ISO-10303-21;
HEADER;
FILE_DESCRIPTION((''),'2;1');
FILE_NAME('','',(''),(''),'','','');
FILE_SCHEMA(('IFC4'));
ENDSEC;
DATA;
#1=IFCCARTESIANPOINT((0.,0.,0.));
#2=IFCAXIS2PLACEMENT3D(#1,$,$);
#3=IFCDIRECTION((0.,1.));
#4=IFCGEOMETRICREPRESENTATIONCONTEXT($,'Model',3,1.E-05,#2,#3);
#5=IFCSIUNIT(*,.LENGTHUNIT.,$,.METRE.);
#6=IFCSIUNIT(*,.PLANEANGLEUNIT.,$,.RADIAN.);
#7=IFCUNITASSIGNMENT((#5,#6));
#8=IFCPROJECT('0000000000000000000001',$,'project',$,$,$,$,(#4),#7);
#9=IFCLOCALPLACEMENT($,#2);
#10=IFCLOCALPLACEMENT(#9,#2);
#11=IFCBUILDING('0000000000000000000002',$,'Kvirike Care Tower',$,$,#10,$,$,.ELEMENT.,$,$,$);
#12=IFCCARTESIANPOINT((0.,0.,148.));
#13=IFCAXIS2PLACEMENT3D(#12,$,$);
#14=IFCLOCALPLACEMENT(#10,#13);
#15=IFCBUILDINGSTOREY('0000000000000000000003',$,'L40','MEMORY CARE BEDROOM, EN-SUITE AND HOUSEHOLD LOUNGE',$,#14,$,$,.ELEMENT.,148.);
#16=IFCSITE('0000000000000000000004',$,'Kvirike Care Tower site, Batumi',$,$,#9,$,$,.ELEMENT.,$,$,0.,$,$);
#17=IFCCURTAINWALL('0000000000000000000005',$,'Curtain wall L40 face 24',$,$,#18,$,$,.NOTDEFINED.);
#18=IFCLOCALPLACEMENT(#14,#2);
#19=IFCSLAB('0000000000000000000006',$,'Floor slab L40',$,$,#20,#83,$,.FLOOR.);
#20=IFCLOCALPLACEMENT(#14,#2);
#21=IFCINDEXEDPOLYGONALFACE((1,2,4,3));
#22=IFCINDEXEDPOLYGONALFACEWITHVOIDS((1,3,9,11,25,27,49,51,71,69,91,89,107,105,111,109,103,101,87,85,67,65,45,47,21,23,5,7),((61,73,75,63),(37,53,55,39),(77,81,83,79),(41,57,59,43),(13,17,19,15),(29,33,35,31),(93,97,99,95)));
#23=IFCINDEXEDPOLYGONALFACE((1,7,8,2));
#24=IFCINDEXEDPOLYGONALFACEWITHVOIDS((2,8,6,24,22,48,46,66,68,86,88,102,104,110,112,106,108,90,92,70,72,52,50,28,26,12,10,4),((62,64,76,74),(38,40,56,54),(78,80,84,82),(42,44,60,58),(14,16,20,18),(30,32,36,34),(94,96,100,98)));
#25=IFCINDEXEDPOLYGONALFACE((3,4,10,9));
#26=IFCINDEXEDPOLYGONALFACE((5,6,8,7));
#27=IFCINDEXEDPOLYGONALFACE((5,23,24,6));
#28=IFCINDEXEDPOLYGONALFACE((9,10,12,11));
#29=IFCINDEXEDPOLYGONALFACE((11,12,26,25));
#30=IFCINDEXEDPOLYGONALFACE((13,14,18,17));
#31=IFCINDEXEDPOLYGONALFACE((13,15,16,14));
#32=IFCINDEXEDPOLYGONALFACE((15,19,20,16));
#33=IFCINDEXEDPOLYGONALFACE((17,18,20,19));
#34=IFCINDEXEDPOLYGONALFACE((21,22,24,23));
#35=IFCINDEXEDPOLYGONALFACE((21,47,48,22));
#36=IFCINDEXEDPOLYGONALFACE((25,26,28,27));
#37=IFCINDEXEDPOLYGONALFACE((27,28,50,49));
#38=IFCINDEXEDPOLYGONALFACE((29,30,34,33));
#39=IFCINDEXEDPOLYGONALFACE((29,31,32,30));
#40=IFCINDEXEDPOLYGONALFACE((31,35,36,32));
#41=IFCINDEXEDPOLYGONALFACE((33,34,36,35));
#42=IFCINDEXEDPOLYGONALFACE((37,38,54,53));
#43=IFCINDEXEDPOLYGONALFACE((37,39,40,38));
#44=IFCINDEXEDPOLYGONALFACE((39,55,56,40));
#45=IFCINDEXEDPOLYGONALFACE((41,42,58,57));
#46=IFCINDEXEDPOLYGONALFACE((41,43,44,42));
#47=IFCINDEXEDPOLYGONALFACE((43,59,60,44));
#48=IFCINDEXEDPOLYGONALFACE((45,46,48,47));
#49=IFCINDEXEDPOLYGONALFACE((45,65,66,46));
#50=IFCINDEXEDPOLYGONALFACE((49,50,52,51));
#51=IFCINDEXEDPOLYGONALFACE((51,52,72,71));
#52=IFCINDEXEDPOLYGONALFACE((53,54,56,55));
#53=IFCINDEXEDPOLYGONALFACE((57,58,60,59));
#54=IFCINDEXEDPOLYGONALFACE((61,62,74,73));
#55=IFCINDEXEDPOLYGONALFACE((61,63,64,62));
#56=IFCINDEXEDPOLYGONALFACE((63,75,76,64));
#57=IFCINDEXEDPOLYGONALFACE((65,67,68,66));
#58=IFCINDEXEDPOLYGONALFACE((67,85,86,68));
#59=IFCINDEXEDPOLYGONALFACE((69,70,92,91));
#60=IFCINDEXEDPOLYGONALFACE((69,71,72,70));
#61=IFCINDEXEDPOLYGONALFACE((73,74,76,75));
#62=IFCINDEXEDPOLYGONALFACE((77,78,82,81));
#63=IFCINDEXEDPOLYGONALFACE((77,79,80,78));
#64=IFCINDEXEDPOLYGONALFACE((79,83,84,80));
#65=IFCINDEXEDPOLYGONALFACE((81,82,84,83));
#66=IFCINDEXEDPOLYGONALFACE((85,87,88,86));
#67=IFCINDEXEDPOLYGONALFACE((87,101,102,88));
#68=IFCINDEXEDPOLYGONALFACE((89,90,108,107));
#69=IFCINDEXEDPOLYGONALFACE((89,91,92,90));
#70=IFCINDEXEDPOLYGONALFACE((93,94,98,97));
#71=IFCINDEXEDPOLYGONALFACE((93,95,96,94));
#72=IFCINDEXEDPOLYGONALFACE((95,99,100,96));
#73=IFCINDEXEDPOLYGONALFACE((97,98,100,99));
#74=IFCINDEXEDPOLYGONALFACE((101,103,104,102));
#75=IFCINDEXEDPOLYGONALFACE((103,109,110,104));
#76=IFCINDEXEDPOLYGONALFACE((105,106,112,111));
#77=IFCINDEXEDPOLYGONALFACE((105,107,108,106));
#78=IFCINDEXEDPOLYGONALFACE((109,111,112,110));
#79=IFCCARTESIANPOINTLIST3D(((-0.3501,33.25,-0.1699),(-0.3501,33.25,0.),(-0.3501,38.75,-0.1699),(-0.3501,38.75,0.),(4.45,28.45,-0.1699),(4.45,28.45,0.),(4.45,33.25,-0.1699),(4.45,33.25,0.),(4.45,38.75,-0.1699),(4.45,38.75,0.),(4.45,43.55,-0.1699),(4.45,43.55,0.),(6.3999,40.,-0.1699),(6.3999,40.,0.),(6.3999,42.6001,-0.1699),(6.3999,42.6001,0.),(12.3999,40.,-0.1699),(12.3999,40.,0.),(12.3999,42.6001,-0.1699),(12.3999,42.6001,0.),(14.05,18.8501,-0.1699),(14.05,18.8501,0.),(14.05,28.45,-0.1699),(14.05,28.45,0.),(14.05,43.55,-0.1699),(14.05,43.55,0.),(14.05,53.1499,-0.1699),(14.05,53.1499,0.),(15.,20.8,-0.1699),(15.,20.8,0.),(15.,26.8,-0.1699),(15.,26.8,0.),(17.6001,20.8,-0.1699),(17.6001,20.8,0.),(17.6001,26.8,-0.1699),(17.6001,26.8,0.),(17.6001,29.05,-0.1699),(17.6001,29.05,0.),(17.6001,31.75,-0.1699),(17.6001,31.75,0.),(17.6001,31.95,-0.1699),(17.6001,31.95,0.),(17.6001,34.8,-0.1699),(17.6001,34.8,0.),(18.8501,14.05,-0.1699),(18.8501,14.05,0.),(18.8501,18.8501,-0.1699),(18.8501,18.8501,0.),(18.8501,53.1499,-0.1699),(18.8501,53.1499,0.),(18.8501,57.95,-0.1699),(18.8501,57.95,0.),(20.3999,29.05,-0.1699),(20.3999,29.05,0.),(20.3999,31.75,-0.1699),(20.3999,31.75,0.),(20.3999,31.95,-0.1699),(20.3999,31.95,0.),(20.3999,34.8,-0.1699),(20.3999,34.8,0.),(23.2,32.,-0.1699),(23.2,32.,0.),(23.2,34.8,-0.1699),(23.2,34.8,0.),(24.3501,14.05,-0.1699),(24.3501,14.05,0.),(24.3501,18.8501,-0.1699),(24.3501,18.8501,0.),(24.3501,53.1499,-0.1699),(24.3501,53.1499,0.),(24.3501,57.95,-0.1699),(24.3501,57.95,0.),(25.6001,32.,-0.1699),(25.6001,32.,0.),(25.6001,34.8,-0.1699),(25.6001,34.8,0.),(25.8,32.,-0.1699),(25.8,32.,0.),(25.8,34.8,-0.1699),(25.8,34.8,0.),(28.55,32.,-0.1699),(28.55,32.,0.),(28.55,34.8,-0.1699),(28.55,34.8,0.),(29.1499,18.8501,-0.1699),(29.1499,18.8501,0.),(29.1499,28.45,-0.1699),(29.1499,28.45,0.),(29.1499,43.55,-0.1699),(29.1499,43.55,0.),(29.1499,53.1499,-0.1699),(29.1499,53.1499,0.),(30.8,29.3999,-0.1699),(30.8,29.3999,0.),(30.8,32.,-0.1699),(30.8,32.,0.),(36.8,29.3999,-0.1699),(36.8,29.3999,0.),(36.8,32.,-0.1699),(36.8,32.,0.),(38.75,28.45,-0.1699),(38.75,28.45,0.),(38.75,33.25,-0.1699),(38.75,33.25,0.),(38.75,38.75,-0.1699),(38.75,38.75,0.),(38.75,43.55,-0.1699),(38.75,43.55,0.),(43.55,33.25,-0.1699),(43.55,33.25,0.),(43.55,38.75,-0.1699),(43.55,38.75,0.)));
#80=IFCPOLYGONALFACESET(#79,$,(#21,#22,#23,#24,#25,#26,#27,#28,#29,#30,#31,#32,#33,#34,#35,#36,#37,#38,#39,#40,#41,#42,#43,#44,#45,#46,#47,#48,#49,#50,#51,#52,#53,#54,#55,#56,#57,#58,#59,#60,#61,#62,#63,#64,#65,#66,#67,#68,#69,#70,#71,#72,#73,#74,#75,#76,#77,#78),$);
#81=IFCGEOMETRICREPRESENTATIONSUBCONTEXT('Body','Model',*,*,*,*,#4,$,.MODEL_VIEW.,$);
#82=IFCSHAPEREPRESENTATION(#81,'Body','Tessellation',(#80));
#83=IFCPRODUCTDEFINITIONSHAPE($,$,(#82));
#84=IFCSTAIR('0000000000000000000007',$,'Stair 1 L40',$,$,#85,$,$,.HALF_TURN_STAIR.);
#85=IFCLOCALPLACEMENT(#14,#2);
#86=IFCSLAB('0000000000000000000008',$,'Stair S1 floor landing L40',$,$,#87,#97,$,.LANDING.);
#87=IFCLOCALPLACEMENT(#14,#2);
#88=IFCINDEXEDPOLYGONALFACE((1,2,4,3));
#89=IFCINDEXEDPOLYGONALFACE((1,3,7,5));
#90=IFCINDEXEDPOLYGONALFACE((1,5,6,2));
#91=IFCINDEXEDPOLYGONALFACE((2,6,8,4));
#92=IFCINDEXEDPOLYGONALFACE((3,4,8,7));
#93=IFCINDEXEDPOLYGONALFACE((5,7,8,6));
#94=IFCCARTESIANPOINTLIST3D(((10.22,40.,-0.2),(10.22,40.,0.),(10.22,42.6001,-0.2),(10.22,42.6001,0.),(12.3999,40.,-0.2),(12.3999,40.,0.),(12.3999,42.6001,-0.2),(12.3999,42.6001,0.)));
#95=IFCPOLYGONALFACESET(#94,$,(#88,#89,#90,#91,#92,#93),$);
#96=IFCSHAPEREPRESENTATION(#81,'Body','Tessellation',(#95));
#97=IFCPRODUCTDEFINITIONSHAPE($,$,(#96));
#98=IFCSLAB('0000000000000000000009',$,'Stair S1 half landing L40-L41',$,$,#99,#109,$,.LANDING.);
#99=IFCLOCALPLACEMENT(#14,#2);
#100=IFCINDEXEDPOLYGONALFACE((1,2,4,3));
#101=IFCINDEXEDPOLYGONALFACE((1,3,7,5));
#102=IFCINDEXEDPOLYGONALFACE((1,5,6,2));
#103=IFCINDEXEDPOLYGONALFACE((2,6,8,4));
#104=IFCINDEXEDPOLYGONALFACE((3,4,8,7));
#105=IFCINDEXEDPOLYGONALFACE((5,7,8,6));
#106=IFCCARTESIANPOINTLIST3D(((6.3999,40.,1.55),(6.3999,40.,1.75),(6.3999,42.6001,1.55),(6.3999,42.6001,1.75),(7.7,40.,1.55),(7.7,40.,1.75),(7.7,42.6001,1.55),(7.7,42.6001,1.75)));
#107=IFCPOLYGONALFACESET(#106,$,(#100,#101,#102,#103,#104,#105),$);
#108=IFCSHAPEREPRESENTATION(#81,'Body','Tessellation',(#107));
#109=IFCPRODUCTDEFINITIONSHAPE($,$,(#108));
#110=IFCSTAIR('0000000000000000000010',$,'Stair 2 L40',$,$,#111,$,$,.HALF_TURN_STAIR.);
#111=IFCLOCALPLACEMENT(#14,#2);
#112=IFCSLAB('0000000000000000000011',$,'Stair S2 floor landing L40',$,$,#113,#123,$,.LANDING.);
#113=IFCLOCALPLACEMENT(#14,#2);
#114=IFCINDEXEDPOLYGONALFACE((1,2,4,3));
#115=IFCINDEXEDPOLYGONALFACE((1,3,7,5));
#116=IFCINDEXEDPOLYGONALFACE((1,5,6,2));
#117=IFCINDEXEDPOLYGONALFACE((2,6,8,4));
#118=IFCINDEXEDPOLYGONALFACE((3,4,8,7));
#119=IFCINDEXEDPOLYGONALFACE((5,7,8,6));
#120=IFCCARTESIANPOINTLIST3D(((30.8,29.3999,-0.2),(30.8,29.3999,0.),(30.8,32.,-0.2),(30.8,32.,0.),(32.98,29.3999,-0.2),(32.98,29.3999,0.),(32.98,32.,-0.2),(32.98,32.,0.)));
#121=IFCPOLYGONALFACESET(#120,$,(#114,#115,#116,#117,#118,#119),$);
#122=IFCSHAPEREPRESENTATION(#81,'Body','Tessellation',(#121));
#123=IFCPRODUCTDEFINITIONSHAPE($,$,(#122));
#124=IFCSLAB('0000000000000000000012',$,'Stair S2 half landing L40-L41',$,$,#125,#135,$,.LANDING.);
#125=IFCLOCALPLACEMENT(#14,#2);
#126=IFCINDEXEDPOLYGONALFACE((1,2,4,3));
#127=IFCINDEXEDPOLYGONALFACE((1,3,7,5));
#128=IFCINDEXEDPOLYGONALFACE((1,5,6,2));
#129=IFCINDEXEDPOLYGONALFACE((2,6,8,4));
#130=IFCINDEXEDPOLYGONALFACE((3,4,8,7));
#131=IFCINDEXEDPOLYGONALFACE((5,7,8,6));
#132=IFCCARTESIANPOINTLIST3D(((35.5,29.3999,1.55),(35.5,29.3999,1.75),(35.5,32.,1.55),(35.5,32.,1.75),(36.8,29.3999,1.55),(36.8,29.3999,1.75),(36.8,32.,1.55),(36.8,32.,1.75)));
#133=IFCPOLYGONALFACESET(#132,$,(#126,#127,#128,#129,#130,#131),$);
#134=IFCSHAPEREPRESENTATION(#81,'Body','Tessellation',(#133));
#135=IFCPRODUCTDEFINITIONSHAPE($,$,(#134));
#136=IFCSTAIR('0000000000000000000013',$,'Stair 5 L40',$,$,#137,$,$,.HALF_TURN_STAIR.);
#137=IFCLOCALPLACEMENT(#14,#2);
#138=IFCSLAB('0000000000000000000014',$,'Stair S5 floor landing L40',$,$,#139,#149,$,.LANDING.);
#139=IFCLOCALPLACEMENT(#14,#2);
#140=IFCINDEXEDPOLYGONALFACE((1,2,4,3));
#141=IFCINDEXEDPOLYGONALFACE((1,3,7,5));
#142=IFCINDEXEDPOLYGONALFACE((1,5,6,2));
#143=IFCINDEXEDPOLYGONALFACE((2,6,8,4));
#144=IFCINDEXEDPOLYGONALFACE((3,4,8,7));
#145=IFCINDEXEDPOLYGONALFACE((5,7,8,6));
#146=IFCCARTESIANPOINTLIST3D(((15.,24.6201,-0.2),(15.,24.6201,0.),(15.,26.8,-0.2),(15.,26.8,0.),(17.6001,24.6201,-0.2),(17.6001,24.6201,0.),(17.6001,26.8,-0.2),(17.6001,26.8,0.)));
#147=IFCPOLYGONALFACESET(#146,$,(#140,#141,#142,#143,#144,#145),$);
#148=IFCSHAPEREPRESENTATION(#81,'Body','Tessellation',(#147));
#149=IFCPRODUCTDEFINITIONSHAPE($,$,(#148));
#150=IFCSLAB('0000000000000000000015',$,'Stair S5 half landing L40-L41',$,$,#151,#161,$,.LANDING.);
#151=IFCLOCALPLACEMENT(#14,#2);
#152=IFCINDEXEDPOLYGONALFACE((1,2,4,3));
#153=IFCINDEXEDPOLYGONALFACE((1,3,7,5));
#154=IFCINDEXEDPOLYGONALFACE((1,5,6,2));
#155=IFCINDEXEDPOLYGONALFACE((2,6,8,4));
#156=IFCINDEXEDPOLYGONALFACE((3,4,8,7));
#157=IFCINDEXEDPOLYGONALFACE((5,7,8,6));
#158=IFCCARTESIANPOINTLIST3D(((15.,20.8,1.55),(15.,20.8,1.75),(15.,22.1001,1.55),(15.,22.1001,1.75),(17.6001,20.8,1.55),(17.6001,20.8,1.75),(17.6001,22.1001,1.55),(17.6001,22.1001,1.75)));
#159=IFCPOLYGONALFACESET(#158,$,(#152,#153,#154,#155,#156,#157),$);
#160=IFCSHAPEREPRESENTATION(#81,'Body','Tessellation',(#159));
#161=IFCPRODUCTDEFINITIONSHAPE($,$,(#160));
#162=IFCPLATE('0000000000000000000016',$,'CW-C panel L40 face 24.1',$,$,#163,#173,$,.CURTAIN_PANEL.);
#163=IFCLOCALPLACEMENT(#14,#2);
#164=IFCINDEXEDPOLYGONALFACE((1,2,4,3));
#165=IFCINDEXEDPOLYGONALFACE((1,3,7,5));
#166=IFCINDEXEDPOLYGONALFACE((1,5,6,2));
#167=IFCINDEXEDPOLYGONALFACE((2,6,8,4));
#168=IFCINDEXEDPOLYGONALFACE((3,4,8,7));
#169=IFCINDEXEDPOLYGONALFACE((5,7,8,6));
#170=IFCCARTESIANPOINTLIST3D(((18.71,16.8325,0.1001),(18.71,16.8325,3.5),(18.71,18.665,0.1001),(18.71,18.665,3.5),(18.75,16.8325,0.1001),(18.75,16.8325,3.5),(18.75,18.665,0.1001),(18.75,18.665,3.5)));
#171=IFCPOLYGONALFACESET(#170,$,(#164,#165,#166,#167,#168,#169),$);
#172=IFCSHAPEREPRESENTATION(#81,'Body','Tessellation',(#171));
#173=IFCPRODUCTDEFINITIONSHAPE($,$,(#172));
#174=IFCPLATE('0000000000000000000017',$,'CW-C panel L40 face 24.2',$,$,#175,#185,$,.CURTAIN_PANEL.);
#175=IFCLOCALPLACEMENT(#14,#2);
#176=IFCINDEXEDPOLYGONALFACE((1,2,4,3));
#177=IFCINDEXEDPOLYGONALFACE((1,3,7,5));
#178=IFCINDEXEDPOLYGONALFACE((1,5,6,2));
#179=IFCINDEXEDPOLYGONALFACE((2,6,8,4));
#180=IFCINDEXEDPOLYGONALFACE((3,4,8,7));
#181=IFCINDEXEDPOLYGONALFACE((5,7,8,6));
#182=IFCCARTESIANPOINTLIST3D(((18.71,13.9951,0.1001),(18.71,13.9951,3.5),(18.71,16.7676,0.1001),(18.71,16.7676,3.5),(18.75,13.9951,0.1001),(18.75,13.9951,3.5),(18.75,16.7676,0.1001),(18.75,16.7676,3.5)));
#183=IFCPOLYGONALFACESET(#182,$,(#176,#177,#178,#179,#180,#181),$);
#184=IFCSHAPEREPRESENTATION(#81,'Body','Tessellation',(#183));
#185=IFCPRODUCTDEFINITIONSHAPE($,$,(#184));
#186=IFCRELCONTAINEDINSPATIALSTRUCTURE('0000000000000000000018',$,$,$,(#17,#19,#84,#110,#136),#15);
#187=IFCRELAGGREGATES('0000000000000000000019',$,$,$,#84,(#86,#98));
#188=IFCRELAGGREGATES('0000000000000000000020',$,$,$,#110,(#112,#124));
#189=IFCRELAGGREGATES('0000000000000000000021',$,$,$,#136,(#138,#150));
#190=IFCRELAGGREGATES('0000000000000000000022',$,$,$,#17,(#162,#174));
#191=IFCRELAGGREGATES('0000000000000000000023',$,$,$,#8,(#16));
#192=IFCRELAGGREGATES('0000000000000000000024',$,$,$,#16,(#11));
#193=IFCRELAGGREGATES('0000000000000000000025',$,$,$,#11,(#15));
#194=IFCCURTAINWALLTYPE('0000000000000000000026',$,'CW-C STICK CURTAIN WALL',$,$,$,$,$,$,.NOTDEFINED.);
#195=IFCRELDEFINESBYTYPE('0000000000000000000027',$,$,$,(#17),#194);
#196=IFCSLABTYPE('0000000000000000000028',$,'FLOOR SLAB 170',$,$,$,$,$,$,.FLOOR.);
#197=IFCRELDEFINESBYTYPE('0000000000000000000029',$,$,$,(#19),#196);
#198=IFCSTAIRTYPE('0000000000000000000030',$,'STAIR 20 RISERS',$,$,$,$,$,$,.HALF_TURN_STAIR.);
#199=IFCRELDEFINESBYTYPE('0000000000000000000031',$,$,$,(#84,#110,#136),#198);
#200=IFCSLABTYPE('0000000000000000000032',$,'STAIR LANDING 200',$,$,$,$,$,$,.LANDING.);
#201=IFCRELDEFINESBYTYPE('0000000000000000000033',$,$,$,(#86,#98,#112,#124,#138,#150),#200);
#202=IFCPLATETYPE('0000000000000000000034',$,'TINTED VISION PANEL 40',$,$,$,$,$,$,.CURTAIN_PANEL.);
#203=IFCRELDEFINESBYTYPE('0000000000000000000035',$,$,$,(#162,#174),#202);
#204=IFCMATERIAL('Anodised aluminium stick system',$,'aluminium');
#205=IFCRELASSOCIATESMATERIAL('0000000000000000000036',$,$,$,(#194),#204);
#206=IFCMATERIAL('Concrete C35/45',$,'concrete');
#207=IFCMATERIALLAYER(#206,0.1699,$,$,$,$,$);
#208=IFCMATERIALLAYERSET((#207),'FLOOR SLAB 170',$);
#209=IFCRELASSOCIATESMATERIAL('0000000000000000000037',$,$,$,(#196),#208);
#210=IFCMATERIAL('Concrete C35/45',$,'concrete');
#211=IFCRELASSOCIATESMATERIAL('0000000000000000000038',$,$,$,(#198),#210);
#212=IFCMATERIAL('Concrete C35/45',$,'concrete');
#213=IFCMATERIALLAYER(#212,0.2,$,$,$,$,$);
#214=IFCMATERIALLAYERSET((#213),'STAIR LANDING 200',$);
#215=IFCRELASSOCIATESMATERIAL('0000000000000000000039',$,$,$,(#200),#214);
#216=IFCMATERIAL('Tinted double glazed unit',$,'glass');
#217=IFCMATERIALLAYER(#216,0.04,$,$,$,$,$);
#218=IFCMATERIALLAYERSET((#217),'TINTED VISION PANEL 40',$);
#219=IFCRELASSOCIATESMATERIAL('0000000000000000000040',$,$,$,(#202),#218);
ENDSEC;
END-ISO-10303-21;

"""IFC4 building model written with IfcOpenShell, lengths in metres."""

from ifc_helpers import new_model, si_unit, direction, frame, origin, origin_2d, place, context, subcontext, project, spatial, polyline, rectangle, outline, extrude, material, layer, layer_set, type_object, element, aggregate, save


model = new_model("IFC4")

# Units and contexts
model_context = context("Model", 3, precision=1e-05, world=origin(), true_north=direction((0.0, 1.0)))
body_context = subcontext(model_context, "Body", "Model", "MODEL_VIEW")
ifc_project = project(units=[si_unit("LENGTHUNIT", "METRE"), si_unit("PLANEANGLEUNIT", "RADIAN")], contexts=[model_context])

# Site, building, storey
site_placement = place(None, origin())
site = spatial("IfcSite", under=ifc_project, at=site_placement, Name="Kvirike Care Tower site, Batumi", CompositionType="ELEMENT", RefElevation=0.0)
building_placement = place(site_placement, origin())
building = spatial("IfcBuilding", under=site, at=building_placement, Name="Kvirike Care Tower", CompositionType="ELEMENT")
storey_placement = place(building_placement, frame((0.0, 0.0, 148.0)))
storey = spatial("IfcBuildingStorey", under=building, at=storey_placement, Name="L40", Description="MEMORY CARE BEDROOM, EN-SUITE AND HOUSEHOLD LOUNGE", CompositionType="ELEMENT", Elevation=148.0)

# Curtain wall
ifc_material_1 = material(Name="Anodised aluminium stick system", Category="aluminium")
curtain_wall_type = type_object("IfcCurtainWallType", Name="CW-C STICK CURTAIN WALL", PredefinedType="NOTDEFINED", material=ifc_material_1)
curtain_wall_1_placement = place(storey_placement, origin())
curtain_wall_1 = element("IfcCurtainWall", 1, at=curtain_wall_1_placement, inside=storey, type_object=curtain_wall_type, Name="Curtain wall L40 face 24", PredefinedType="NOTDEFINED")

# Slab
ifc_material_2 = material(Name="Concrete C35/45", Category="concrete")
ifc_layer_1 = layer(ifc_material_2, 0.1699)
ifc_layer_set_1 = layer_set([ifc_layer_1], Name="FLOOR SLAB 170")
slab_type_1 = type_object("IfcSlabType", Name="FLOOR SLAB 170", PredefinedType="FLOOR", material=ifc_layer_set_1)
slab_1_placement = place(storey_placement, frame((0.0, 0.0, -0.1699)))
element("IfcSlab", 2, at=slab_1_placement, inside=storey, type_object=slab_type_1, Name="Floor slab L40", PredefinedType="FLOOR", context=body_context, shape_type="SweptSolid", body=[
    extrude(outline(polyline([(29.1499, 28.45), (38.75, 28.45), (38.75, 33.25), (43.55, 33.25), (43.55, 38.75), (38.75, 38.75), (38.75, 43.55), (29.1499, 43.55), (29.1499, 53.1499), (24.3501, 53.1499), (24.3501, 57.95), (18.8501, 57.95), (18.8501, 53.1499), (14.05, 53.1499), (14.05, 43.55), (4.45, 43.55), (4.45, 38.75), (-0.3501, 38.75), (-0.3501, 33.25), (4.45, 33.25), (4.45, 28.45), (14.05, 28.45), (14.05, 18.8501), (18.8501, 18.8501), (18.8501, 14.05), (24.3501, 14.05), (24.3501, 18.8501), (29.1499, 18.8501), (29.1499, 28.45)]), holes=[polyline([(17.6001, 29.05), (17.6001, 31.75), (20.3999, 31.75), (20.3999, 29.05), (17.6001, 29.05)]), polyline([(17.6001, 31.95), (17.6001, 34.8), (20.3999, 34.8), (20.3999, 31.95), (17.6001, 31.95)]), polyline([(23.2, 32.0), (23.2, 34.8), (25.6001, 34.8), (25.6001, 32.0), (23.2, 32.0)]), polyline([(25.8, 32.0), (25.8, 34.8), (28.55, 34.8), (28.55, 32.0), (25.8, 32.0)]), polyline([(12.3999, 42.6001), (12.3999, 40.0), (6.3999, 40.0), (6.3999, 42.6001), (12.3999, 42.6001)]), polyline([(30.8, 29.3999), (30.8, 32.0), (36.8, 32.0), (36.8, 29.3999), (30.8, 29.3999)]), polyline([(15.0, 26.8), (17.6001, 26.8), (17.6001, 20.8), (15.0, 20.8), (15.0, 26.8)])]), origin(), (0.0, 0.0, 1.0), 0.1699),
])

# Stairs, slabs
ifc_material_3 = material(Name="Concrete C35/45", Category="concrete")
stair_type = type_object("IfcStairType", Name="STAIR 20 RISERS", PredefinedType="HALF_TURN_STAIR", material=ifc_material_3)
stair_1_placement = place(storey_placement, origin())
stair_1 = element("IfcStair", 3, at=stair_1_placement, inside=storey, type_object=stair_type, Name="Stair 1 L40", PredefinedType="HALF_TURN_STAIR")
ifc_material_4 = material(Name="Concrete C35/45", Category="concrete")
ifc_layer_2 = layer(ifc_material_4, 0.2)
ifc_layer_set_2 = layer_set([ifc_layer_2], Name="STAIR LANDING 200")
slab_type_2 = type_object("IfcSlabType", Name="STAIR LANDING 200", PredefinedType="LANDING", material=ifc_layer_set_2)
slab_2_placement = place(storey_placement, frame((0.0, 0.0, -0.2)))
slab_2 = element("IfcSlab", 4, at=slab_2_placement, type_object=slab_type_2, Name="Stair S1 floor landing L40", PredefinedType="LANDING", context=body_context, shape_type="SweptSolid", body=[
    extrude(outline(polyline([(10.22, 42.6001), (10.22, 40.0), (12.3999, 40.0), (12.3999, 42.6001), (10.22, 42.6001)])), origin(), (0.0, 0.0, 1.0), 0.2),
])
slab_3_placement = place(storey_placement, frame((0.0, 0.0, 1.55)))
slab_3 = element("IfcSlab", 5, at=slab_3_placement, type_object=slab_type_2, Name="Stair S1 half landing L40-L41", PredefinedType="LANDING", context=body_context, shape_type="SweptSolid", body=[
    extrude(outline(polyline([(6.3999, 42.6001), (6.3999, 40.0), (7.7, 40.0), (7.7, 42.6001), (6.3999, 42.6001)])), origin(), (0.0, 0.0, 1.0), 0.2),
])
aggregate(stair_1, [slab_2, slab_3])
stair_2_placement = place(storey_placement, origin())
stair_2 = element("IfcStair", 6, at=stair_2_placement, inside=storey, type_object=stair_type, Name="Stair 2 L40", PredefinedType="HALF_TURN_STAIR")
slab_4_placement = place(storey_placement, frame((0.0, 0.0, -0.2)))
slab_4 = element("IfcSlab", 7, at=slab_4_placement, type_object=slab_type_2, Name="Stair S2 floor landing L40", PredefinedType="LANDING", context=body_context, shape_type="SweptSolid", body=[
    extrude(outline(polyline([(32.98, 29.3999), (32.98, 32.0), (30.8, 32.0), (30.8, 29.3999), (32.98, 29.3999)])), origin(), (0.0, 0.0, 1.0), 0.2),
])
slab_5_placement = place(storey_placement, frame((0.0, 0.0, 1.55)))
slab_5 = element("IfcSlab", 8, at=slab_5_placement, type_object=slab_type_2, Name="Stair S2 half landing L40-L41", PredefinedType="LANDING", context=body_context, shape_type="SweptSolid", body=[
    extrude(outline(polyline([(36.8, 29.3999), (36.8, 32.0), (35.5, 32.0), (35.5, 29.3999), (36.8, 29.3999)])), origin(), (0.0, 0.0, 1.0), 0.2),
])
aggregate(stair_2, [slab_4, slab_5])
stair_3_placement = place(storey_placement, origin())
stair_3 = element("IfcStair", 9, at=stair_3_placement, inside=storey, type_object=stair_type, Name="Stair 5 L40", PredefinedType="HALF_TURN_STAIR")
slab_6_placement = place(storey_placement, frame((0.0, 0.0, -0.2)))
slab_6 = element("IfcSlab", 10, at=slab_6_placement, type_object=slab_type_2, Name="Stair S5 floor landing L40", PredefinedType="LANDING", context=body_context, shape_type="SweptSolid", body=[
    extrude(outline(polyline([(15.0, 24.6201), (17.6001, 24.6201), (17.6001, 26.8), (15.0, 26.8), (15.0, 24.6201)])), origin(), (0.0, 0.0, 1.0), 0.2),
])
slab_7_placement = place(storey_placement, frame((0.0, 0.0, 1.55)))
slab_7 = element("IfcSlab", 11, at=slab_7_placement, type_object=slab_type_2, Name="Stair S5 half landing L40-L41", PredefinedType="LANDING", context=body_context, shape_type="SweptSolid", body=[
    extrude(outline(polyline([(15.0, 20.8), (17.6001, 20.8), (17.6001, 22.1001), (15.0, 22.1001), (15.0, 20.8)])), origin(), (0.0, 0.0, 1.0), 0.2),
])
aggregate(stair_3, [slab_6, slab_7])

# Plates
ifc_material_5 = material(Name="Tinted double glazed unit", Category="glass")
ifc_layer_3 = layer(ifc_material_5, 0.04)
ifc_layer_set_3 = layer_set([ifc_layer_3], Name="TINTED VISION PANEL 40")
plate_type = type_object("IfcPlateType", Name="TINTED VISION PANEL 40", PredefinedType="CURTAIN_PANEL", material=ifc_layer_set_3)
plate_1_placement = place(storey_placement, frame((18.73, 17.7488, 0.1001), z_axis=(0.0, 0.0, 1.0), x_axis=(0.0, -1.0, 0.0)))
plate_1 = element("IfcPlate", 12, at=plate_1_placement, type_object=plate_type, Name="CW-C panel L40 face 24.1", PredefinedType="CURTAIN_PANEL", context=body_context, shape_type="SweptSolid", body=[
    extrude(rectangle(XDim=1.8325, YDim=0.04, at=origin_2d()), origin(), (0.0, 0.0, 1.0), 3.3999),
])
plate_2_placement = place(storey_placement, frame((18.73, 15.3813, 0.1001), z_axis=(0.0, 0.0, 1.0), x_axis=(0.0, -1.0, 0.0)))
plate_2 = element("IfcPlate", 13, at=plate_2_placement, type_object=plate_type, Name="CW-C panel L40 face 24.2", PredefinedType="CURTAIN_PANEL", context=body_context, shape_type="SweptSolid", body=[
    extrude(rectangle(XDim=2.7725, YDim=0.04, at=origin_2d()), origin(), (0.0, 0.0, 1.0), 3.3999),
])
aggregate(curtain_wall_1, [plate_1, plate_2])

save(model, "model.ifc")
